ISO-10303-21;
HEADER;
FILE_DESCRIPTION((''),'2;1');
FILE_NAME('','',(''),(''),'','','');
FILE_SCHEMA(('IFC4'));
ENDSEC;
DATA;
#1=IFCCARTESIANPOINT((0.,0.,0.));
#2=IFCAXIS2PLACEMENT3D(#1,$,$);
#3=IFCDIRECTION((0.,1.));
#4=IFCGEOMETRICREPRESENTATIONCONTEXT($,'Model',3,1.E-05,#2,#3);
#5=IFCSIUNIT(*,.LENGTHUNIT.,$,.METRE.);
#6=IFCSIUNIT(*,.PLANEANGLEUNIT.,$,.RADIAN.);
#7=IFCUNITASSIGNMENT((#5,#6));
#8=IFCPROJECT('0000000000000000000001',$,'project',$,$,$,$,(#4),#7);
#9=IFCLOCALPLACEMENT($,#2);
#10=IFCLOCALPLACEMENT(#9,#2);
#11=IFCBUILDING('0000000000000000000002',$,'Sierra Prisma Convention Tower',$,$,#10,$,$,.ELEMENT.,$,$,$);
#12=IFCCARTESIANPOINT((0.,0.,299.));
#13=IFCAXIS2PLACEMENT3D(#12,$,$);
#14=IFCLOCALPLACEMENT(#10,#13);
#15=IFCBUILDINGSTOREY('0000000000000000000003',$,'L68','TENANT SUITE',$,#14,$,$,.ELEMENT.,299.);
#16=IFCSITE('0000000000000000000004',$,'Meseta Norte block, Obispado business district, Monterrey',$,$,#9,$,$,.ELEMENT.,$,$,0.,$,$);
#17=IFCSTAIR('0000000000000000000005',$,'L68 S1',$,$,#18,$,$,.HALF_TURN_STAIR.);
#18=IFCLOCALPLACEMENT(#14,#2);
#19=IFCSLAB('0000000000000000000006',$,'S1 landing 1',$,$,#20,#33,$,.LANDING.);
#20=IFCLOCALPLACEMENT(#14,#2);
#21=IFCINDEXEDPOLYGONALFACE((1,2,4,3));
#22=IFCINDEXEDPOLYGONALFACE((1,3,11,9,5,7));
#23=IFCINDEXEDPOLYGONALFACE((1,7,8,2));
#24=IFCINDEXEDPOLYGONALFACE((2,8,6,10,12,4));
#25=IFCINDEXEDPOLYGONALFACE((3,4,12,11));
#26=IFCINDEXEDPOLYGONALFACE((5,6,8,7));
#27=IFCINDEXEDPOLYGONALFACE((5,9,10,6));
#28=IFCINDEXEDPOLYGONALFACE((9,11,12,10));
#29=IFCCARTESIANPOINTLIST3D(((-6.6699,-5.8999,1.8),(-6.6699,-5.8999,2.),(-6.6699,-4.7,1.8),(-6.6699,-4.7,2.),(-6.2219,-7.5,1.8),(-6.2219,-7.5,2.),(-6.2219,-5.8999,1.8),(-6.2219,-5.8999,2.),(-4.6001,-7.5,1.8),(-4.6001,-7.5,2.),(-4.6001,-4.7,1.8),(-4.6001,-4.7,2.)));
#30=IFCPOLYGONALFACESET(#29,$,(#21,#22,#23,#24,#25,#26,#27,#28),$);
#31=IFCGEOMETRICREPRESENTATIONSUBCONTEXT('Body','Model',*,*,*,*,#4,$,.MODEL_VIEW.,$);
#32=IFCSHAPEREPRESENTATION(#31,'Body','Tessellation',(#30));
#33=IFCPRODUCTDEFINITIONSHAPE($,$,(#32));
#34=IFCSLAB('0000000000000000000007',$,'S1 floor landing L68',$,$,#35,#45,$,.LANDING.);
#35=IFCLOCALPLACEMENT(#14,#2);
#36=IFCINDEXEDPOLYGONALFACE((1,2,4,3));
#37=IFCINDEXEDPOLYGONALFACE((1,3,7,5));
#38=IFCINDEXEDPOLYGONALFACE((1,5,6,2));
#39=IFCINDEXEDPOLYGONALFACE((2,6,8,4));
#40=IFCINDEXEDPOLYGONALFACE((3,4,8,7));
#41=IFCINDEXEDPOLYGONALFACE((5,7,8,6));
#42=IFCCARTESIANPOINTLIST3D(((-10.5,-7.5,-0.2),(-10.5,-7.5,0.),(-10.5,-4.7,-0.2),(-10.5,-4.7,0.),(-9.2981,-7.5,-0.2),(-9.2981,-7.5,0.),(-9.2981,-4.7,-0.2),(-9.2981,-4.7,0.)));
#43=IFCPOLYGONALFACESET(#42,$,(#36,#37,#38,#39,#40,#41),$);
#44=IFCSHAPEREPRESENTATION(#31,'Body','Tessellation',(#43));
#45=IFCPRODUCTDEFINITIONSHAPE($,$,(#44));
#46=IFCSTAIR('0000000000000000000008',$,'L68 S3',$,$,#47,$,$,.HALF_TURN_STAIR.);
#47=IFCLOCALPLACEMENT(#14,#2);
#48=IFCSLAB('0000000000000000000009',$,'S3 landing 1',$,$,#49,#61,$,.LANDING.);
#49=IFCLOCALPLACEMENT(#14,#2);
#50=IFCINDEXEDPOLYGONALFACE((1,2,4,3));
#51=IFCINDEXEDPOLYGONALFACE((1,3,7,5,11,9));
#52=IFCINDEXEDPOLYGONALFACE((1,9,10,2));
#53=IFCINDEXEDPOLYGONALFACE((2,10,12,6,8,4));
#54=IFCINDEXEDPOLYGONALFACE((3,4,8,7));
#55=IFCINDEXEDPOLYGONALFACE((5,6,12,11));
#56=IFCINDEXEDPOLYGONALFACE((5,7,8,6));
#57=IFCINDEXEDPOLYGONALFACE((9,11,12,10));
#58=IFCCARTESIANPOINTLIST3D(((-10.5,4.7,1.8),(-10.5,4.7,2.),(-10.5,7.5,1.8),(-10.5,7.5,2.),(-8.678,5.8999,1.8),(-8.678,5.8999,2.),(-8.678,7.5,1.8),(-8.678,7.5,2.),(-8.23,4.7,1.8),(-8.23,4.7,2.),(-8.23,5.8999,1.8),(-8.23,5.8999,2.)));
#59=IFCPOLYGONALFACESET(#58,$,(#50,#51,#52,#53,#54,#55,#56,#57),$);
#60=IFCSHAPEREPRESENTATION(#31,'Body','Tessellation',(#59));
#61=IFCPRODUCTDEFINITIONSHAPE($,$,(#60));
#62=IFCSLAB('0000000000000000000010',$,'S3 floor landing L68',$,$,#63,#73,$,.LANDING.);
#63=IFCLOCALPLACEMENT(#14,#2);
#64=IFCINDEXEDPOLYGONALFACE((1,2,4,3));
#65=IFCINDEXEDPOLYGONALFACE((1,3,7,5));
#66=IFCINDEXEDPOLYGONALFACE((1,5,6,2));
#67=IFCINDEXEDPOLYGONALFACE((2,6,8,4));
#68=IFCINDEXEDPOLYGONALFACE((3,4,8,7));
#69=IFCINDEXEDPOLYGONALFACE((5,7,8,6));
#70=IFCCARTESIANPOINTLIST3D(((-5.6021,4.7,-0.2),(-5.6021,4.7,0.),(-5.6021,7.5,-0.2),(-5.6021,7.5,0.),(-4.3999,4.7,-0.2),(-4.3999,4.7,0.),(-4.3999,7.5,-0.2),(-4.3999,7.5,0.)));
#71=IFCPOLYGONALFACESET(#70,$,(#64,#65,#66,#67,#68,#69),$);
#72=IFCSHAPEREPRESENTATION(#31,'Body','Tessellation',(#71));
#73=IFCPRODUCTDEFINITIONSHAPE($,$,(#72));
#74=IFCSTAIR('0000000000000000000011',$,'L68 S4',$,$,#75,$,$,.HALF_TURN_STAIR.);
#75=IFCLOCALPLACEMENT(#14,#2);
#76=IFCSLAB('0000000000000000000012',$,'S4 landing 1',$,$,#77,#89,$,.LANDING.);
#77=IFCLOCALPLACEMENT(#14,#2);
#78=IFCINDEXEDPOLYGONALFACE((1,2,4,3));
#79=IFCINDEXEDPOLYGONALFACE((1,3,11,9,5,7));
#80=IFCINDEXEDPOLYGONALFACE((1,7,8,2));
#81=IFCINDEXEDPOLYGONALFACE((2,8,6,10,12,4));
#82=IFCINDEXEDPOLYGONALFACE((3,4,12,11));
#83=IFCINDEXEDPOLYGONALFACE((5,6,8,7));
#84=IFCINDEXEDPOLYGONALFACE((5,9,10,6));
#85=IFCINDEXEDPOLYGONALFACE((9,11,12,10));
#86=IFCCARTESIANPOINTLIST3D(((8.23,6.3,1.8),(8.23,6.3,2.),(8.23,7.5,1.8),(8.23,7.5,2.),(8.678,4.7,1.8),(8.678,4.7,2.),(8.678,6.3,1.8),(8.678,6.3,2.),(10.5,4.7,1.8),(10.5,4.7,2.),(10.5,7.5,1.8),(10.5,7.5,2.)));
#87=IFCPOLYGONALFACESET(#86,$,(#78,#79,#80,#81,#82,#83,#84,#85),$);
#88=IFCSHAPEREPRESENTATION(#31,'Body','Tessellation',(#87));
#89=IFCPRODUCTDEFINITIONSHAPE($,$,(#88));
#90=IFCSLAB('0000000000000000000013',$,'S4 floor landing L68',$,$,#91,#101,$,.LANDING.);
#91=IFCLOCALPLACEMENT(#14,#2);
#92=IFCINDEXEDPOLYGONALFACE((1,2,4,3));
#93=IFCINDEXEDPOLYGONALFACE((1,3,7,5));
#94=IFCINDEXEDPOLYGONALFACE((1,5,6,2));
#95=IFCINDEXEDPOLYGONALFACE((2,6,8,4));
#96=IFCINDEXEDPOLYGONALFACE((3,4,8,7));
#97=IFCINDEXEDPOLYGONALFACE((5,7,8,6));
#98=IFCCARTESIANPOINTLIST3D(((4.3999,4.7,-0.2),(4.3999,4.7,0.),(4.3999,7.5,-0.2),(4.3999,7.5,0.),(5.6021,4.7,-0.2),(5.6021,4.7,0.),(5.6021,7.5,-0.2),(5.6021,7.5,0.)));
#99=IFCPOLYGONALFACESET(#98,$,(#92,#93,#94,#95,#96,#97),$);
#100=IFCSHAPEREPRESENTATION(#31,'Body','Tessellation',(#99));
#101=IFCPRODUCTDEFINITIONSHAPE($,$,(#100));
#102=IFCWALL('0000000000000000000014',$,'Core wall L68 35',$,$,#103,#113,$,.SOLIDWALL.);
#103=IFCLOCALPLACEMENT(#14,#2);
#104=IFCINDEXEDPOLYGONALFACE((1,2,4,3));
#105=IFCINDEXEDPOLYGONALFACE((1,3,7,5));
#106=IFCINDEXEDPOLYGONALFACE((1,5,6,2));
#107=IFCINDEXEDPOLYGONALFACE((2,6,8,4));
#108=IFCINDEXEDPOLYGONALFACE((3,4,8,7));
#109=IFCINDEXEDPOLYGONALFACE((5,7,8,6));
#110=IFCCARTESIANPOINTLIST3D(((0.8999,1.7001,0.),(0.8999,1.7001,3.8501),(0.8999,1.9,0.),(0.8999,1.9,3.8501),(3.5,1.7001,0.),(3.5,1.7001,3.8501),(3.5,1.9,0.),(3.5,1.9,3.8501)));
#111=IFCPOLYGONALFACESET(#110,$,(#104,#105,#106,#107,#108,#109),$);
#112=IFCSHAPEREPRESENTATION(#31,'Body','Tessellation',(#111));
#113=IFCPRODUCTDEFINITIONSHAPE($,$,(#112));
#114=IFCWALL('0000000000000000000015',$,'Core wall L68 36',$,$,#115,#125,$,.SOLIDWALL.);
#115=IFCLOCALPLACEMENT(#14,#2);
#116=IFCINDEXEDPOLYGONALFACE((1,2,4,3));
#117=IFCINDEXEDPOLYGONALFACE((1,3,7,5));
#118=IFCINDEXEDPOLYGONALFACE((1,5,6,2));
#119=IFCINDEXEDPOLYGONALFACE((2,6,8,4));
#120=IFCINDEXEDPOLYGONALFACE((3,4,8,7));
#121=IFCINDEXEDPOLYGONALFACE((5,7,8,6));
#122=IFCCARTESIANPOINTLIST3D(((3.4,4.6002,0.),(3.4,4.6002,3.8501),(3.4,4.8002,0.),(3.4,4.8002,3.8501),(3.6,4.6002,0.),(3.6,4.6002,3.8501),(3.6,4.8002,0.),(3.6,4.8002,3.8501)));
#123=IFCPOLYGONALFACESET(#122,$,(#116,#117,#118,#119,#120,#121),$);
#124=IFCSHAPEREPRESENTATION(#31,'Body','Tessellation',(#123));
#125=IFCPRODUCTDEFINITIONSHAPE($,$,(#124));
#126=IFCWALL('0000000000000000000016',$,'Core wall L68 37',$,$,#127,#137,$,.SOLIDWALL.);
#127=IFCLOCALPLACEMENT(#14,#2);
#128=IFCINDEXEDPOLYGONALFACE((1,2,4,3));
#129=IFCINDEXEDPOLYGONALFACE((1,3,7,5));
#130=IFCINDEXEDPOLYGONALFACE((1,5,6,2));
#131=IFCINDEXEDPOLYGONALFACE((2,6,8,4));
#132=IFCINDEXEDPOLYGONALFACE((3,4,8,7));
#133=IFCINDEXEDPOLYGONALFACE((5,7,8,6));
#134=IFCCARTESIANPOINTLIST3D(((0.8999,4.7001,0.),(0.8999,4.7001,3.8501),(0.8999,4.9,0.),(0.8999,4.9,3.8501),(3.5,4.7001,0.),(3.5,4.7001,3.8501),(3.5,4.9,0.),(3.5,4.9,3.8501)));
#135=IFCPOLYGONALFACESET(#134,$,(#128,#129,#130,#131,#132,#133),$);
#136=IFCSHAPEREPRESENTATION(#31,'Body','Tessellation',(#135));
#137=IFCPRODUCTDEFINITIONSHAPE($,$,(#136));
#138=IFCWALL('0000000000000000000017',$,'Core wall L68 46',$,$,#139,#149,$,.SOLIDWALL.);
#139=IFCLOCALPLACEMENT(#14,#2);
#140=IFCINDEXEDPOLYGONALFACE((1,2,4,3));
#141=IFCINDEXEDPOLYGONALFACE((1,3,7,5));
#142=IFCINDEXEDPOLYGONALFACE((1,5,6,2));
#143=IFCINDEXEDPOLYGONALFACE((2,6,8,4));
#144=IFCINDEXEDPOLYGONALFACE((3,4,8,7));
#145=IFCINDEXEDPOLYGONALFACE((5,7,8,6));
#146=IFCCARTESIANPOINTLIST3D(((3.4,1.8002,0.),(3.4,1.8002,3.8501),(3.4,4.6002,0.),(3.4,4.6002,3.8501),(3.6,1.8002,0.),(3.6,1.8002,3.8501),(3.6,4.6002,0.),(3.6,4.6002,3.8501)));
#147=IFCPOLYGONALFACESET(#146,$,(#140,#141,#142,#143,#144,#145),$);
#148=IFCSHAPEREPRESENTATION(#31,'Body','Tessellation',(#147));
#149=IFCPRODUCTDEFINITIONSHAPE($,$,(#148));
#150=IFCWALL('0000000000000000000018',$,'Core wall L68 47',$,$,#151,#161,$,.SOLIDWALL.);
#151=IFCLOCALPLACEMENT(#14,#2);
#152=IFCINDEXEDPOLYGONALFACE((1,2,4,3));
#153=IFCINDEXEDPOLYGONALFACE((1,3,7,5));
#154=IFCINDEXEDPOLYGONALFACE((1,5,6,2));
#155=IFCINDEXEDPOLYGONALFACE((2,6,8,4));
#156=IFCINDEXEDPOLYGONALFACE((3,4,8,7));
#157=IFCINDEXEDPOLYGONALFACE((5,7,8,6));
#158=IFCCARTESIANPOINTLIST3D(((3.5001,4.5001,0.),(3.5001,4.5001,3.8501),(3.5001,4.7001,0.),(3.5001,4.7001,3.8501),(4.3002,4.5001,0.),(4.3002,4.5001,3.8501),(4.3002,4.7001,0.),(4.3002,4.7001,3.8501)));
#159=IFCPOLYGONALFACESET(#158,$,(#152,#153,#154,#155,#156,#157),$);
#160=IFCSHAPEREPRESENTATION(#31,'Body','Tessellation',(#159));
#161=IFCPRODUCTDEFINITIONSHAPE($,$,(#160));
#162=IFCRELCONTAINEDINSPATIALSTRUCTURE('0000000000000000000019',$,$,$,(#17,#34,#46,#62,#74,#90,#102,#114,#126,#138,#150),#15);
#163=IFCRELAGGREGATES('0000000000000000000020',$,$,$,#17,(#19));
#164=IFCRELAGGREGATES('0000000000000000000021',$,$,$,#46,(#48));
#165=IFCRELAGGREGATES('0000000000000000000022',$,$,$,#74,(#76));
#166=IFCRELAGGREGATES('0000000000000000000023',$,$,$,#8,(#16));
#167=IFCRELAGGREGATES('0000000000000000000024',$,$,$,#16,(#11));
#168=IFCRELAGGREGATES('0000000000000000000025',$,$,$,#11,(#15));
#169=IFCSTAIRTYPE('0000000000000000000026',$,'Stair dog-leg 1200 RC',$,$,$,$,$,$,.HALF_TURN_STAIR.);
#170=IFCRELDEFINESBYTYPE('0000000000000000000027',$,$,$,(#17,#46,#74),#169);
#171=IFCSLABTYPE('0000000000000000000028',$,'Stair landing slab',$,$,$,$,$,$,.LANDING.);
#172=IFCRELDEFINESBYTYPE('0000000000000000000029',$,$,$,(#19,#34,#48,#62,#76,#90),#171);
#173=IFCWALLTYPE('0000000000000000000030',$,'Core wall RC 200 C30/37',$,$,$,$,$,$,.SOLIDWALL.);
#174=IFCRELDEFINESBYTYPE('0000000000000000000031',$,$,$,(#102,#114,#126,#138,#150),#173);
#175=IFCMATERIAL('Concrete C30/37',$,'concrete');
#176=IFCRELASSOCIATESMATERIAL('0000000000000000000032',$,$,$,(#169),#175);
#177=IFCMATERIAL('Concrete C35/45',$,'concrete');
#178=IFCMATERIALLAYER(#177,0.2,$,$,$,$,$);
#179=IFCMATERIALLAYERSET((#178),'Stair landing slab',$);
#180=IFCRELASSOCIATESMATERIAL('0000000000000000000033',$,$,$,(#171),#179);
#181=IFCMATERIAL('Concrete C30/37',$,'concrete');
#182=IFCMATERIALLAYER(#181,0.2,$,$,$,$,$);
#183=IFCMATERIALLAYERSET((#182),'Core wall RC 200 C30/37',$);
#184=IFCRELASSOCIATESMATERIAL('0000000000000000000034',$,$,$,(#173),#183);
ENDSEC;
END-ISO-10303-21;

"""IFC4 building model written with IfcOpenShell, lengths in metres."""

from ifc_helpers import new_model, si_unit, direction, frame, frame_2d, origin, place, context, subcontext, project, spatial, polyline, rectangle, outline, extrude, material, layer, layer_set, type_object, element, aggregate, save


model = new_model("IFC4")

# Units and contexts
model_context = context("Model", 3, precision=1e-05, world=origin(), true_north=direction((0.0, 1.0)))
body_context = subcontext(model_context, "Body", "Model", "MODEL_VIEW")
ifc_project = project(units=[si_unit("LENGTHUNIT", "METRE"), si_unit("PLANEANGLEUNIT", "RADIAN")], contexts=[model_context])

# Site, building, storey
site_placement = place(None, origin())
site = spatial("IfcSite", under=ifc_project, at=site_placement, Name="Meseta Norte block, Obispado business district, Monterrey", CompositionType="ELEMENT", RefElevation=0.0)
building_placement = place(site_placement, origin())
building = spatial("IfcBuilding", under=site, at=building_placement, Name="Sierra Prisma Convention Tower", CompositionType="ELEMENT")
storey_placement = place(building_placement, frame((0.0, 0.0, 299.0)))
storey = spatial("IfcBuildingStorey", under=building, at=storey_placement, Name="L68", Description="TENANT SUITE", CompositionType="ELEMENT", Elevation=299.0)

# Stair, slab
ifc_material_1 = material(Name="Concrete C30/37", Category="concrete")
stair_type = type_object("IfcStairType", Name="Stair dog-leg 1200 RC", PredefinedType="HALF_TURN_STAIR", material=ifc_material_1)
stair_1_placement = place(storey_placement, origin())
stair_1 = element("IfcStair", 1, at=stair_1_placement, inside=storey, type_object=stair_type, Name="L68 S1", PredefinedType="HALF_TURN_STAIR")
ifc_material_2 = material(Name="Concrete C35/45", Category="concrete")
ifc_layer_1 = layer(ifc_material_2, 0.2)
ifc_layer_set_1 = layer_set([ifc_layer_1], Name="Stair landing slab")
slab_type = type_object("IfcSlabType", Name="Stair landing slab", PredefinedType="LANDING", material=ifc_layer_set_1)
slab_1_placement = place(storey_placement, frame((0.0, 0.0, 1.8)))
slab_1 = element("IfcSlab", 2, at=slab_1_placement, type_object=slab_type, Name="S1 landing 1", PredefinedType="LANDING", context=body_context, shape_type="SweptSolid", body=[
    extrude(outline(polyline([(-4.6001, -4.7), (-4.6001, -7.5), (-6.2219, -7.5), (-6.2219, -5.8999), (-6.6699, -5.8999), (-6.6699, -4.7), (-4.6001, -4.7)])), origin(), (0.0, 0.0, 1.0), 0.2),
])
aggregate(stair_1, [slab_1])

# Slab
slab_2_placement = place(storey_placement, frame((0.0, 0.0, -0.2)))
element("IfcSlab", 3, at=slab_2_placement, inside=storey, type_object=slab_type, Name="S1 floor landing L68", PredefinedType="LANDING", context=body_context, shape_type="SweptSolid", body=[
    extrude(outline(polyline([(-10.5, -7.5), (-9.2981, -7.5), (-9.2981, -4.7), (-10.5, -4.7), (-10.5, -7.5)])), origin(), (0.0, 0.0, 1.0), 0.2),
])

# Stair, slab
stair_2_placement = place(storey_placement, origin())
stair_2 = element("IfcStair", 4, at=stair_2_placement, inside=storey, type_object=stair_type, Name="L68 S3", PredefinedType="HALF_TURN_STAIR")
slab_3_placement = place(storey_placement, frame((0.0, 0.0, 1.8)))
slab_3 = element("IfcSlab", 5, at=slab_3_placement, type_object=slab_type, Name="S3 landing 1", PredefinedType="LANDING", context=body_context, shape_type="SweptSolid", body=[
    extrude(outline(polyline([(-8.23, 5.8999), (-8.23, 4.7), (-10.5, 4.7), (-10.5, 7.5), (-8.678, 7.5), (-8.678, 5.8999), (-8.23, 5.8999)])), origin(), (0.0, 0.0, 1.0), 0.2),
])
aggregate(stair_2, [slab_3])

# Slab
slab_4_placement = place(storey_placement, frame((0.0, 0.0, -0.2)))
element("IfcSlab", 6, at=slab_4_placement, inside=storey, type_object=slab_type, Name="S3 floor landing L68", PredefinedType="LANDING", context=body_context, shape_type="SweptSolid", body=[
    extrude(outline(polyline([(-4.3999, 7.5), (-5.6021, 7.5), (-5.6021, 4.7), (-4.3999, 4.7), (-4.3999, 7.5)])), origin(), (0.0, 0.0, 1.0), 0.2),
])

# Stair, slab
stair_3_placement = place(storey_placement, origin())
stair_3 = element("IfcStair", 7, at=stair_3_placement, inside=storey, type_object=stair_type, Name="L68 S4", PredefinedType="HALF_TURN_STAIR")
slab_5_placement = place(storey_placement, frame((0.0, 0.0, 1.8)))
slab_5 = element("IfcSlab", 8, at=slab_5_placement, type_object=slab_type, Name="S4 landing 1", PredefinedType="LANDING", context=body_context, shape_type="SweptSolid", body=[
    extrude(outline(polyline([(10.5, 7.5), (10.5, 4.7), (8.678, 4.7), (8.678, 6.3), (8.23, 6.3), (8.23, 7.5), (10.5, 7.5)])), origin(), (0.0, 0.0, 1.0), 0.2),
])
aggregate(stair_3, [slab_5])

# Slab
slab_6_placement = place(storey_placement, frame((0.0, 0.0, -0.2)))
element("IfcSlab", 9, at=slab_6_placement, inside=storey, type_object=slab_type, Name="S4 floor landing L68", PredefinedType="LANDING", context=body_context, shape_type="SweptSolid", body=[
    extrude(outline(polyline([(4.3999, 4.7), (5.6021, 4.7), (5.6021, 7.5), (4.3999, 7.5), (4.3999, 4.7)])), origin(), (0.0, 0.0, 1.0), 0.2),
])

# Shared definitions
ifc_material_3 = material(Name="Concrete C30/37", Category="concrete")
ifc_layer_2 = layer(ifc_material_3, 0.2)
ifc_layer_set_2 = layer_set([ifc_layer_2], Name="Core wall RC 200 C30/37")
wall_type = type_object("IfcWallType", Name="Core wall RC 200 C30/37", PredefinedType="SOLIDWALL", material=ifc_layer_set_2)

# Walls
wall_1_placement = place(storey_placement, frame((3.5, 1.8, 0.0), z_axis=(0.0, 0.0, 1.0), x_axis=(-1.0, 0.0, 0.0)))
element("IfcWall", 10, at=wall_1_placement, inside=storey, type_object=wall_type, Name="Core wall L68 35", PredefinedType="SOLIDWALL", context=body_context, shape_type="SweptSolid", body=[
    extrude(rectangle(XDim=2.6001, YDim=0.2, at=frame_2d((1.3, 0.0))), origin(), (0.0, 0.0, 1.0), 3.8501),
])
wall_2_placement = place(storey_placement, frame((3.5, 4.6001, 0.0), z_axis=(0.0, 0.0, 1.0), x_axis=(0.0, 1.0, 0.0)))
element("IfcWall", 11, at=wall_2_placement, inside=storey, type_object=wall_type, Name="Core wall L68 36", PredefinedType="SOLIDWALL", context=body_context, shape_type="SweptSolid", body=[
    extrude(rectangle(XDim=0.2, YDim=0.2, at=frame_2d((0.1001, 0.0))), origin(), (0.0, 0.0, 1.0), 3.8501),
])
wall_3_placement = place(storey_placement, frame((3.5, 4.8, 0.0), z_axis=(0.0, 0.0, 1.0), x_axis=(-1.0, 0.0, 0.0)))
element("IfcWall", 12, at=wall_3_placement, inside=storey, type_object=wall_type, Name="Core wall L68 37", PredefinedType="SOLIDWALL", context=body_context, shape_type="SweptSolid", body=[
    extrude(rectangle(XDim=2.6001, YDim=0.2, at=frame_2d((1.3, 0.0))), origin(), (0.0, 0.0, 1.0), 3.8501),
])

# Walls
wall_4_placement = place(storey_placement, frame((3.5, 4.6001, 0.0), z_axis=(0.0, 0.0, 1.0), x_axis=(0.0, -1.0, 0.0)))
element("IfcWall", 13, at=wall_4_placement, inside=storey, type_object=wall_type, Name="Core wall L68 46", PredefinedType="SOLIDWALL", context=body_context, shape_type="SweptSolid", body=[
    extrude(rectangle(XDim=2.8, YDim=0.2, at=frame_2d((1.3999, 0.0))), origin(), (0.0, 0.0, 1.0), 3.8501),
])
wall_5_placement = place(storey_placement, frame((4.3, 4.6001, 0.0), z_axis=(0.0, 0.0, 1.0), x_axis=(-1.0, 0.0, 0.0)))
element("IfcWall", 14, at=wall_5_placement, inside=storey, type_object=wall_type, Name="Core wall L68 47", PredefinedType="SOLIDWALL", context=body_context, shape_type="SweptSolid", body=[
    extrude(rectangle(XDim=0.8, YDim=0.2, at=frame_2d((0.3999, 0.0))), origin(), (0.0, 0.0, 1.0), 3.8501),
])

save(model, "model.ifc")
